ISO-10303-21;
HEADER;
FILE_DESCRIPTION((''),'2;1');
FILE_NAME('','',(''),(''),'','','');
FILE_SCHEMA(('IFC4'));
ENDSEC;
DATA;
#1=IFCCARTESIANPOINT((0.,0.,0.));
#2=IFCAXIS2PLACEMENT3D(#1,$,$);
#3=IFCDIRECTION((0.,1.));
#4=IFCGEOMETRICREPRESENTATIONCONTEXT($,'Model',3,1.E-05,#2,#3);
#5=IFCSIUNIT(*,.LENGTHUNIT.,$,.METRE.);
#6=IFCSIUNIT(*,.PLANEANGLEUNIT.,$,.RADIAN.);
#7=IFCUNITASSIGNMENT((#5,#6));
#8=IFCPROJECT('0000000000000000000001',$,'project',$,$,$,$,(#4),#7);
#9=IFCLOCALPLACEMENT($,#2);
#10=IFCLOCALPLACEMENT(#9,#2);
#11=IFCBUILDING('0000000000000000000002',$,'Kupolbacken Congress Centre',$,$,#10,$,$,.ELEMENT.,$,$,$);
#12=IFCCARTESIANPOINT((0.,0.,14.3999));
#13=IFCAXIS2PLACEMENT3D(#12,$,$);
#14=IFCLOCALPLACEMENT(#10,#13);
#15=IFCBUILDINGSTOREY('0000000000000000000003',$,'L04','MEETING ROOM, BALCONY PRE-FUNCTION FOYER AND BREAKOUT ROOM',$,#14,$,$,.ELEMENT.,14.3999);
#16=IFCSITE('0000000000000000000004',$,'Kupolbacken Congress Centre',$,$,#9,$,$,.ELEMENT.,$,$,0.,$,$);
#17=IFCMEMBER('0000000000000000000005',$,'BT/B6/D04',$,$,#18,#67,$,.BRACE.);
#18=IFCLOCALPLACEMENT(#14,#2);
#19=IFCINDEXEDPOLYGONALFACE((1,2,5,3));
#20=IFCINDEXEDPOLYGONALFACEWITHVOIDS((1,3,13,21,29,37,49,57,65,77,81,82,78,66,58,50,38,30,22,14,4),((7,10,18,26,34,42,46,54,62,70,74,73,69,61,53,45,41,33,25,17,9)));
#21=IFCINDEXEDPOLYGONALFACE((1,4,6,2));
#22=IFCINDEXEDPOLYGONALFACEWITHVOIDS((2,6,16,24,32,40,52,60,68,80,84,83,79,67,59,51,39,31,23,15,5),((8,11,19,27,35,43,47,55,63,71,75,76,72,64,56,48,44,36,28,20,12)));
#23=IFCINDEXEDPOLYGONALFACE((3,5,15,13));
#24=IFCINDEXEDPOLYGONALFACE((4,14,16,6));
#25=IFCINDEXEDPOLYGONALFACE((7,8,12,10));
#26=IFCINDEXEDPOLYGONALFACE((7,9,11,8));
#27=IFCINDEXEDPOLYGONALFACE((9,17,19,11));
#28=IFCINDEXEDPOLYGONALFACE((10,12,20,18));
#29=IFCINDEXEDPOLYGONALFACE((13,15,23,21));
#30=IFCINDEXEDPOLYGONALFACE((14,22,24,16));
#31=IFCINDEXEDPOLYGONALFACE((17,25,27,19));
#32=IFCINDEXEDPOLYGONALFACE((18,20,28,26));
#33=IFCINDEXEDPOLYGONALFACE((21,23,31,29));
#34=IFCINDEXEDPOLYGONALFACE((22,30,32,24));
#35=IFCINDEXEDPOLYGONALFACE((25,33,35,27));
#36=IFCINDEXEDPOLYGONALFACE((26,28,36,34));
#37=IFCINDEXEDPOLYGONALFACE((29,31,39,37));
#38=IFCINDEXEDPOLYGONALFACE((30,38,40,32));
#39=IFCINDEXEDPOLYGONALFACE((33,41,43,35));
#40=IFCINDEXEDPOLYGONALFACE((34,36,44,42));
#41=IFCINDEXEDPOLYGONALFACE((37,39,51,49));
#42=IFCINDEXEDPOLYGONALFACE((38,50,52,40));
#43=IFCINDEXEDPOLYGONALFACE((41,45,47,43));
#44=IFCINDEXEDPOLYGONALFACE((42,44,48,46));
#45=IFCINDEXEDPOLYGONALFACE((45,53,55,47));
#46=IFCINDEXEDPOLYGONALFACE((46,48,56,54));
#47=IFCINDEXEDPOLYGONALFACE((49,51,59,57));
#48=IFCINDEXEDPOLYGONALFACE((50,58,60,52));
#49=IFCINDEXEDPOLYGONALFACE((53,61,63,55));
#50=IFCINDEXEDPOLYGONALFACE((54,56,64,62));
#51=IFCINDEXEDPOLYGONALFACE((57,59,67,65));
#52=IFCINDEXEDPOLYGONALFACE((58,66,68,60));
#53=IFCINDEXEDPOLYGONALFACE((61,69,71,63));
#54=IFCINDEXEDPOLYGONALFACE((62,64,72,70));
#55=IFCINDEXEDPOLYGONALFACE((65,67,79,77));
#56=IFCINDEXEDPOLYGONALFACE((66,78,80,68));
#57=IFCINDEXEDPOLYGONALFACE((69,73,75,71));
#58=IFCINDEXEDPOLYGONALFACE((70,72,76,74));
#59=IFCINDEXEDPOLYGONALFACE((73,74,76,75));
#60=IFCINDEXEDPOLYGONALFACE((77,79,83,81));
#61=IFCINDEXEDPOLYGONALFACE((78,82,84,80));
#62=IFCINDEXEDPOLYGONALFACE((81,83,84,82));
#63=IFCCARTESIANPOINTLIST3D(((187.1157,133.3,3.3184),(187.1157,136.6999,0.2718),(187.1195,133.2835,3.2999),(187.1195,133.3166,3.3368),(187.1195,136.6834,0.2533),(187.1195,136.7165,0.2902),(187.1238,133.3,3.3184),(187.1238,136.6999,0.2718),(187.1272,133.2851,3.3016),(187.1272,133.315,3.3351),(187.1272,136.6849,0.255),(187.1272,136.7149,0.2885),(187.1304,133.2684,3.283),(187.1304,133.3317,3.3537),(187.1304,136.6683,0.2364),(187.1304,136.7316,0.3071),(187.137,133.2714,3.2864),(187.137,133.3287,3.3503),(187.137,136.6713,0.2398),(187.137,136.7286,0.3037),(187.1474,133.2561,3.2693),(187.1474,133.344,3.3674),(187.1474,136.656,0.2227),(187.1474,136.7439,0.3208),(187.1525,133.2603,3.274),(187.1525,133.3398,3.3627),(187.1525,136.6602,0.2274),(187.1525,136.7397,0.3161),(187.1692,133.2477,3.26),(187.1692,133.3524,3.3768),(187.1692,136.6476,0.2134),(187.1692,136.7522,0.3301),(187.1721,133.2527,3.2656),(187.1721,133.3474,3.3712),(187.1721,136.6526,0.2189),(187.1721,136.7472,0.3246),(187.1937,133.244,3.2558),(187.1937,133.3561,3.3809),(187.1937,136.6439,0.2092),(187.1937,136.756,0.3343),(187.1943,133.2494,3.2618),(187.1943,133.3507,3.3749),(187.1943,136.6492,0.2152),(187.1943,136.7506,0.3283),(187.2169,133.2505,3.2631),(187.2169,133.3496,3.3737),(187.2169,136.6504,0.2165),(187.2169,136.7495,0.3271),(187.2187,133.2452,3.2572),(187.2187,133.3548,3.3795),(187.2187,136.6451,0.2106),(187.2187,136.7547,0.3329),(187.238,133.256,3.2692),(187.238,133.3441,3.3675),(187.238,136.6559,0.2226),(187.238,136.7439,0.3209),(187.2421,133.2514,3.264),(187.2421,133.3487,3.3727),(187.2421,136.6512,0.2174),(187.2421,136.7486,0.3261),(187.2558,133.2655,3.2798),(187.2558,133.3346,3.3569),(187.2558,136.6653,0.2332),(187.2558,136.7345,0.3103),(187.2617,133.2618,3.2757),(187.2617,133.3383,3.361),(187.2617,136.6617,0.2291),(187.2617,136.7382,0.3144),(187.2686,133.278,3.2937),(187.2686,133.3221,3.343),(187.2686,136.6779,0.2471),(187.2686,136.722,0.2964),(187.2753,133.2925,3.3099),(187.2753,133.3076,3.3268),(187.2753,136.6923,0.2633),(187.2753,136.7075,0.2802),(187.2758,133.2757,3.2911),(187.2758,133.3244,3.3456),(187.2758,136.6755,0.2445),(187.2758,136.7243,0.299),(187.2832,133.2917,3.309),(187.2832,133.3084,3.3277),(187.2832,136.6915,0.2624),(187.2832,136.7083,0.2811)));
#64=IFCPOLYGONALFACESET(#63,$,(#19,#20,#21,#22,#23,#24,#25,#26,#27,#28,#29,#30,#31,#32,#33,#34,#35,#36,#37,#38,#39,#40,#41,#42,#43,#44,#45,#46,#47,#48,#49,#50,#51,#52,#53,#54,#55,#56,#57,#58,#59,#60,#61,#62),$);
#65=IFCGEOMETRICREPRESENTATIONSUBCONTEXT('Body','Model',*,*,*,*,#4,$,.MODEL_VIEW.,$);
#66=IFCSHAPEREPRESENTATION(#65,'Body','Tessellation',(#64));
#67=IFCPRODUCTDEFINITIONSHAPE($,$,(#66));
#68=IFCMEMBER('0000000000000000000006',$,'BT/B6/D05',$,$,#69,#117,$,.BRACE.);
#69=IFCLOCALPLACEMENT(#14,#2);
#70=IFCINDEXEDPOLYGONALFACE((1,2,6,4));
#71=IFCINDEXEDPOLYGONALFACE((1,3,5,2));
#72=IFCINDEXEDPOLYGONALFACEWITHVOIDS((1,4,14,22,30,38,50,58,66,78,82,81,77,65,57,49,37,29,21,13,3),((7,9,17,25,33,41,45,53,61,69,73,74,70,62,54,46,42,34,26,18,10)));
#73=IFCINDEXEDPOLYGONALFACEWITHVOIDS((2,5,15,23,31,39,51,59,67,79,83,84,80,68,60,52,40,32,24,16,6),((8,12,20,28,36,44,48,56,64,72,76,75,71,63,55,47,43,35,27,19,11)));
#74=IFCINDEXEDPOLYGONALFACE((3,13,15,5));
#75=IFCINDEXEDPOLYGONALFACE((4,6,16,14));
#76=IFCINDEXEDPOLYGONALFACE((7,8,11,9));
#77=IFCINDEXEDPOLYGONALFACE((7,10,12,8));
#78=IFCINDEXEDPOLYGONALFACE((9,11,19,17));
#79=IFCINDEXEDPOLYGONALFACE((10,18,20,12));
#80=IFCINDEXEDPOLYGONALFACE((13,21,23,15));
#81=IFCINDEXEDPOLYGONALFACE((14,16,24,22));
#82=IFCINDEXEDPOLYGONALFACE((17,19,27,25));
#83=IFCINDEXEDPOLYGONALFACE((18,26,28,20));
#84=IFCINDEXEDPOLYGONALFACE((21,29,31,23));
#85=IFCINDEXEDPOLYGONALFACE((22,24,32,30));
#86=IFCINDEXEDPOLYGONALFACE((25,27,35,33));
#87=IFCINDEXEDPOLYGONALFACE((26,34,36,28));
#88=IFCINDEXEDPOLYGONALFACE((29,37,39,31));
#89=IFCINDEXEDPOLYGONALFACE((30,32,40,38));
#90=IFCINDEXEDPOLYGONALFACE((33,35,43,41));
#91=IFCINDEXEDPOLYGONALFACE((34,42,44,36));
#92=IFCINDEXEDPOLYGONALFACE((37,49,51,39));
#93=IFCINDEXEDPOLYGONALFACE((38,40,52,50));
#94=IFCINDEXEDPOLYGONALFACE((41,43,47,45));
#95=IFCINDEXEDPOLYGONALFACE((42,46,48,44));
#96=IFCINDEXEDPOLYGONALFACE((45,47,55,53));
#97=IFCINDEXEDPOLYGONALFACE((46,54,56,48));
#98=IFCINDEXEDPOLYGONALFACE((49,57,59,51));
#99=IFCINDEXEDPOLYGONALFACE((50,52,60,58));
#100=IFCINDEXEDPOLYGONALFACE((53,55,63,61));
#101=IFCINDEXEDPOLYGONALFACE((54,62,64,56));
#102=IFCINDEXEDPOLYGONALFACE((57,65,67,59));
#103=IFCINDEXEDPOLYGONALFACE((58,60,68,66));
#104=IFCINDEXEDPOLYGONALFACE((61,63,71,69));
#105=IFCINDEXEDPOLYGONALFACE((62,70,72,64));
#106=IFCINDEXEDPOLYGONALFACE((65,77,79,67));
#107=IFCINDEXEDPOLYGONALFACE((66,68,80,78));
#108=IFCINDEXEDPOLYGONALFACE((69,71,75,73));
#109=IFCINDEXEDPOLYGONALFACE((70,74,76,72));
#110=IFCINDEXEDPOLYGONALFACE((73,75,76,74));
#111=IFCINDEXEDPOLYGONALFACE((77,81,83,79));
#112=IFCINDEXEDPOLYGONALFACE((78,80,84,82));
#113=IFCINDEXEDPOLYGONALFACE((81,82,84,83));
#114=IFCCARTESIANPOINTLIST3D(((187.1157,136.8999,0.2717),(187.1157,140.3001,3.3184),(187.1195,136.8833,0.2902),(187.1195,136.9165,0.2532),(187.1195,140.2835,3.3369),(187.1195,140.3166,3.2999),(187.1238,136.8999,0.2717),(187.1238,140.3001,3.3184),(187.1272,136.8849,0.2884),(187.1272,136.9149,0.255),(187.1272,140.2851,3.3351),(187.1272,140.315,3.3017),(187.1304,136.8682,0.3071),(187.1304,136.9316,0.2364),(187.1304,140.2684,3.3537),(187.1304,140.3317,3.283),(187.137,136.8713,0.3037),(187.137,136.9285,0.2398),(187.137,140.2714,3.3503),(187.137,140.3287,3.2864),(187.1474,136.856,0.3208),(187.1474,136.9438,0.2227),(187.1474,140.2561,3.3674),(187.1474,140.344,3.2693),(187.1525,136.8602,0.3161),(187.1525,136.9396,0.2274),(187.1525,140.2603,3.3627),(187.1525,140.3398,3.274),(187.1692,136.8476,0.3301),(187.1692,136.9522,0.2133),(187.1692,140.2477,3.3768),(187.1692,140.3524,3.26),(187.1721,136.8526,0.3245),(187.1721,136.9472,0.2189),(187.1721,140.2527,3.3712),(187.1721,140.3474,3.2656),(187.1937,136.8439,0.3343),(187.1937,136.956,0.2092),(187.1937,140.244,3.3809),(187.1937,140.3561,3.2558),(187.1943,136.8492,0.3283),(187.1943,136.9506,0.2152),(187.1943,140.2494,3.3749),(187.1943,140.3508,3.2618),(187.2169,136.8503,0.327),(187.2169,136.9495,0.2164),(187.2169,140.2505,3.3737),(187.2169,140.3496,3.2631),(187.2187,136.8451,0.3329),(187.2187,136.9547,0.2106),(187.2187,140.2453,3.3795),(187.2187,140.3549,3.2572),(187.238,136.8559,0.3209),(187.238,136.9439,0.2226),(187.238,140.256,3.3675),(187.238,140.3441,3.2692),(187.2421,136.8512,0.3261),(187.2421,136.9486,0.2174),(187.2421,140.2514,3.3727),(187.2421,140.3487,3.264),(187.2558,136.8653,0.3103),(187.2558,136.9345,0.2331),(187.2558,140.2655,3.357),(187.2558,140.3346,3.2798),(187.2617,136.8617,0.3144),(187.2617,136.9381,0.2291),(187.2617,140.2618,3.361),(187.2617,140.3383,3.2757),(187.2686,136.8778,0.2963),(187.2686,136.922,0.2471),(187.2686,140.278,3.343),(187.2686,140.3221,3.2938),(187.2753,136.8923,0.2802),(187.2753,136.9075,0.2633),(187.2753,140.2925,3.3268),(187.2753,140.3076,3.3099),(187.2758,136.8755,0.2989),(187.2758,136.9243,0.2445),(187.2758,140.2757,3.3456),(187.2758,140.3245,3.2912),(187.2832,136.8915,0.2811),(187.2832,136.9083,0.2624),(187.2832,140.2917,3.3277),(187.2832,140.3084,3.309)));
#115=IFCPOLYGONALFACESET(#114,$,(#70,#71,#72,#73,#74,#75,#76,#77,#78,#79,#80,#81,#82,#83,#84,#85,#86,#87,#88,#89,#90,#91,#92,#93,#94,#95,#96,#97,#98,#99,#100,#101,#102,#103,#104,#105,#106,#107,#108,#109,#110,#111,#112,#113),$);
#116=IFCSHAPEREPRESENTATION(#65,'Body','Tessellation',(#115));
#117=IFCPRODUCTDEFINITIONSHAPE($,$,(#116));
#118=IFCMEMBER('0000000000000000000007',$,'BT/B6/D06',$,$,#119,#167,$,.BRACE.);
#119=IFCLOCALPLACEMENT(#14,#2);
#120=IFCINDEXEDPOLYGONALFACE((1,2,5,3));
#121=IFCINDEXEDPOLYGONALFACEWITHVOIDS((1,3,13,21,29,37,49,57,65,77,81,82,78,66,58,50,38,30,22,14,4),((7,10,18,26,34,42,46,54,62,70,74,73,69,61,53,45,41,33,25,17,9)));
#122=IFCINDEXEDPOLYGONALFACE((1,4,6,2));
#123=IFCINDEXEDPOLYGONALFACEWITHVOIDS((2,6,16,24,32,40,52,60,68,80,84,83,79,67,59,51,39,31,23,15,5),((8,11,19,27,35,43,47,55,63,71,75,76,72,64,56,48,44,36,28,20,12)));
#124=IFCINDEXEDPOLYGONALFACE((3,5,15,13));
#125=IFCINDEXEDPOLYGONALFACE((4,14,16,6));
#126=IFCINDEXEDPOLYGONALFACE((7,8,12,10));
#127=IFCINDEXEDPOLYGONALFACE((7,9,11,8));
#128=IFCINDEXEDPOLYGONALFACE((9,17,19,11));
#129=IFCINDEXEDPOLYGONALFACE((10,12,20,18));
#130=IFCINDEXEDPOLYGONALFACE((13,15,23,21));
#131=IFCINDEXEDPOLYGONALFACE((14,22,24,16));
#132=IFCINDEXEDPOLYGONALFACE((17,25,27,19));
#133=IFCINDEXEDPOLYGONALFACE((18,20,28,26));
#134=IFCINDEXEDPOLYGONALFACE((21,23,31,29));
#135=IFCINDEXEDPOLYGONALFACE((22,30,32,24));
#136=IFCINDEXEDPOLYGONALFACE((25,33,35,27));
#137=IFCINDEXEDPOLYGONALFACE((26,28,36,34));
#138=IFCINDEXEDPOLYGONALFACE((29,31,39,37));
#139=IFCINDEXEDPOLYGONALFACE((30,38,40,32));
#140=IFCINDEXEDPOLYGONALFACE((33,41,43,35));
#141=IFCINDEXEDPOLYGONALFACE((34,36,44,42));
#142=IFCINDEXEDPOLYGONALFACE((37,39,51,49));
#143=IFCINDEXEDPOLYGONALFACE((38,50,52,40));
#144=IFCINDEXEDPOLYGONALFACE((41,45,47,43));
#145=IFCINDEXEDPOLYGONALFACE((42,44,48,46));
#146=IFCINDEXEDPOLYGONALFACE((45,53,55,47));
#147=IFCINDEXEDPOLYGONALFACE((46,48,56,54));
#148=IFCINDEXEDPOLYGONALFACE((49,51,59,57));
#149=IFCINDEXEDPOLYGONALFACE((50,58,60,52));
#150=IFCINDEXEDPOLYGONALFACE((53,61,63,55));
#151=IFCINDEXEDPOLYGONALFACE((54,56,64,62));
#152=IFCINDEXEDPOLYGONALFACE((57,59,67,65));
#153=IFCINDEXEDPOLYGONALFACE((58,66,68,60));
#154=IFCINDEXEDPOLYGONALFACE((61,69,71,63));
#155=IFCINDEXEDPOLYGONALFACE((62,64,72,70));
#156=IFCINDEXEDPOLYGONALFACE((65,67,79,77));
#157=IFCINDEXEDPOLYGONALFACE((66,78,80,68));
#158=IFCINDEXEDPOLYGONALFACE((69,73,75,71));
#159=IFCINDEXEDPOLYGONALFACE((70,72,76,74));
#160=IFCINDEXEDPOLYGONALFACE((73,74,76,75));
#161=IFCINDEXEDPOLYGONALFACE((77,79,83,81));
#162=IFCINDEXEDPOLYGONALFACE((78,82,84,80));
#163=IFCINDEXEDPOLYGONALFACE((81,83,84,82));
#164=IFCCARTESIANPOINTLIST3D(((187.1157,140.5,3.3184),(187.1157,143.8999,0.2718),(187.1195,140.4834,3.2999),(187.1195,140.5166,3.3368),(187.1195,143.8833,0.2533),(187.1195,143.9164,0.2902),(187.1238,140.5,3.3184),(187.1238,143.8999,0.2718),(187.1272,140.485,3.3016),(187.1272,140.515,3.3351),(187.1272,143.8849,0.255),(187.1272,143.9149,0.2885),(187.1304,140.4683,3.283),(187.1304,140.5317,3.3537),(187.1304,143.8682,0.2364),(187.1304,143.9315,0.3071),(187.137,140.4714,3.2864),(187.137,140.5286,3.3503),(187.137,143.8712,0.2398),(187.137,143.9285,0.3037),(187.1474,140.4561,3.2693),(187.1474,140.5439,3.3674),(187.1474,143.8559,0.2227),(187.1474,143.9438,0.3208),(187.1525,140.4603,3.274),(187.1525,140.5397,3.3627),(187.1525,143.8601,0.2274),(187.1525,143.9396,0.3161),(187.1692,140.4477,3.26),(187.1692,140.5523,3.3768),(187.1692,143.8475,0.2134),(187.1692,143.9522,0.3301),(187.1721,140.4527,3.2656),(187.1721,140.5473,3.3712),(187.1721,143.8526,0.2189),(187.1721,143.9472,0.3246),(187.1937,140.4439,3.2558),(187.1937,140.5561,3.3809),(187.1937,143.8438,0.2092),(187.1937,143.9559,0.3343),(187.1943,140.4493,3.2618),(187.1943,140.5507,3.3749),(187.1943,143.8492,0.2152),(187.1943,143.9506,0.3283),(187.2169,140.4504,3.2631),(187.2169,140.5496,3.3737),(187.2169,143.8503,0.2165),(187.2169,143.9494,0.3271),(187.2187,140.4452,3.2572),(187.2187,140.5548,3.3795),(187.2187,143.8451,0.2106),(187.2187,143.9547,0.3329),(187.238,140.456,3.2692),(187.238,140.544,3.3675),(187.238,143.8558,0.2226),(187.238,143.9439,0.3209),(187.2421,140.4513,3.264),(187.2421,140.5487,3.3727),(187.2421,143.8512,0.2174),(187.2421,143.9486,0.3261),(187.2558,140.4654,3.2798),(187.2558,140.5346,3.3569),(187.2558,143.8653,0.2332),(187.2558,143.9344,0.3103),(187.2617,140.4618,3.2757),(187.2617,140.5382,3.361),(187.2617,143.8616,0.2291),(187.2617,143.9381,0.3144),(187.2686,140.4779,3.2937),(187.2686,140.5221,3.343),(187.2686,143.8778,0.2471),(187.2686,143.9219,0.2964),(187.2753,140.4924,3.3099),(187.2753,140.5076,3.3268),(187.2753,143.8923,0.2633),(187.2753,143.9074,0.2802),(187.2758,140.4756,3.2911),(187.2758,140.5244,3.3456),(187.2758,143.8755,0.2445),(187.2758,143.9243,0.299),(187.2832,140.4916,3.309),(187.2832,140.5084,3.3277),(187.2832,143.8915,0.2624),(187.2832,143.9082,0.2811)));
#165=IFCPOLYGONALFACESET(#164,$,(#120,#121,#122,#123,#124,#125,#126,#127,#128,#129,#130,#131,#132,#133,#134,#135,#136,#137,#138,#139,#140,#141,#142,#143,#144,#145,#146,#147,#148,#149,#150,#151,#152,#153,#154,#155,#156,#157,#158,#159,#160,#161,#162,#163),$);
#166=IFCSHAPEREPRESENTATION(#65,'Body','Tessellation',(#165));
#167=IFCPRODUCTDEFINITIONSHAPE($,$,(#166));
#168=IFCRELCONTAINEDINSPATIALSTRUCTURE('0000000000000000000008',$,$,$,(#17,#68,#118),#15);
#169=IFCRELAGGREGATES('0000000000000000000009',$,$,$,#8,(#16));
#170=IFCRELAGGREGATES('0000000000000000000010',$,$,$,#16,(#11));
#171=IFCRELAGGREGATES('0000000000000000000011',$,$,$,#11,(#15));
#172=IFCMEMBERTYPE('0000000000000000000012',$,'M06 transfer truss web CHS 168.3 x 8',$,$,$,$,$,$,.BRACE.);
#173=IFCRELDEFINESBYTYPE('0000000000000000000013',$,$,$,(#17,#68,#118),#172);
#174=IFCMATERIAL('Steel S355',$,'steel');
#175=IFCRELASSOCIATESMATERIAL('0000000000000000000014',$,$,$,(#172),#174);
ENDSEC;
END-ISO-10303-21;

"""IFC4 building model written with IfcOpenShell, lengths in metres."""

from ifc_helpers import new_model, si_unit, direction, frame, origin, origin_2d, place, context, subcontext, project, spatial, hollow_circle, extrude, material, material_profile, profile_set, type_object, element, save


model = new_model("IFC4")

# Units and contexts
model_context = context("Model", 3, precision=1e-05, world=origin(), true_north=direction((0.0, 1.0)))
body_context = subcontext(model_context, "Body", "Model", "MODEL_VIEW")
ifc_project = project(units=[si_unit("LENGTHUNIT", "METRE"), si_unit("PLANEANGLEUNIT", "RADIAN")], contexts=[model_context])

# Site, building, storey
site_placement = place(None, origin())
site = spatial("IfcSite", under=ifc_project, at=site_placement, Name="Kupolbacken Congress Centre", CompositionType="ELEMENT", RefElevation=0.0)
building_placement = place(site_placement, origin())
building = spatial("IfcBuilding", under=site, at=building_placement, Name="Kupolbacken Congress Centre", CompositionType="ELEMENT")
storey_placement = place(building_placement, frame((0.0, 0.0, 14.3999)))
storey = spatial("IfcBuildingStorey", under=building, at=storey_placement, Name="L04", Description="MEETING ROOM, BALCONY PRE-FUNCTION FOYER AND BREAKOUT ROOM", CompositionType="ELEMENT", Elevation=14.3999)

# Members
ifc_material_1 = material(Name="Steel S355", Category="steel")
ifc_material_profile_1 = material_profile(ifc_material_1, hollow_circle(Radius=0.0842, WallThickness=0.0081, at=origin_2d()), Name="CHS 168.3 x 8")
ifc_profile_set_1 = profile_set([ifc_material_profile_1], Name="Steel S355")
member_type_1 = type_object("IfcMemberType", Name="M06 transfer truss web CHS 168.3 x 8", PredefinedType="BRACE", material=ifc_profile_set_1)
for number, where, z_axis, x_axis, name in (
    (1, (187.2, 133.3, 3.3184), (0.0, 0.744739, -0.667356), (-1.0, 0.0, 0.0), "BT/B6/D04"),
):
    element("IfcMember", number, at=place(storey_placement, frame(where, z_axis=z_axis, x_axis=x_axis)), inside=storey, type_object=member_type_1, Name=name, PredefinedType="BRACE", context=body_context, shape_type="SweptSolid", body=[
        extrude(hollow_circle(Radius=0.0842, WallThickness=0.0081, at=origin_2d()), origin(), (0.0, 0.0, 1.0), 4.5652),
    ])
member_1_placement = place(storey_placement, frame((187.2, 136.8999, 0.2717), z_axis=(0.0, 0.744763, 0.667329), x_axis=(-1.0, 0.0, 0.0)))
element("IfcMember", 2, at=member_1_placement, inside=storey, type_object=member_type_1, Name="BT/B6/D05", PredefinedType="BRACE", context=body_context, shape_type="SweptSolid", body=[
    extrude(hollow_circle(Radius=0.0842, WallThickness=0.0081, at=origin_2d()), origin(), (0.0, 0.0, 1.0), 4.5654),
])
for number, where, z_axis, x_axis, name in (
    (3, (187.2, 140.5, 3.3184), (0.0, 0.744739, -0.667356), (-1.0, 0.0, 0.0), "BT/B6/D06"),
):
    element("IfcMember", number, at=place(storey_placement, frame(where, z_axis=z_axis, x_axis=x_axis)), inside=storey, type_object=member_type_1, Name=name, PredefinedType="BRACE", context=body_context, shape_type="SweptSolid", body=[
        extrude(hollow_circle(Radius=0.0842, WallThickness=0.0081, at=origin_2d()), origin(), (0.0, 0.0, 1.0), 4.5652),
    ])

save(model, "model.ifc")
